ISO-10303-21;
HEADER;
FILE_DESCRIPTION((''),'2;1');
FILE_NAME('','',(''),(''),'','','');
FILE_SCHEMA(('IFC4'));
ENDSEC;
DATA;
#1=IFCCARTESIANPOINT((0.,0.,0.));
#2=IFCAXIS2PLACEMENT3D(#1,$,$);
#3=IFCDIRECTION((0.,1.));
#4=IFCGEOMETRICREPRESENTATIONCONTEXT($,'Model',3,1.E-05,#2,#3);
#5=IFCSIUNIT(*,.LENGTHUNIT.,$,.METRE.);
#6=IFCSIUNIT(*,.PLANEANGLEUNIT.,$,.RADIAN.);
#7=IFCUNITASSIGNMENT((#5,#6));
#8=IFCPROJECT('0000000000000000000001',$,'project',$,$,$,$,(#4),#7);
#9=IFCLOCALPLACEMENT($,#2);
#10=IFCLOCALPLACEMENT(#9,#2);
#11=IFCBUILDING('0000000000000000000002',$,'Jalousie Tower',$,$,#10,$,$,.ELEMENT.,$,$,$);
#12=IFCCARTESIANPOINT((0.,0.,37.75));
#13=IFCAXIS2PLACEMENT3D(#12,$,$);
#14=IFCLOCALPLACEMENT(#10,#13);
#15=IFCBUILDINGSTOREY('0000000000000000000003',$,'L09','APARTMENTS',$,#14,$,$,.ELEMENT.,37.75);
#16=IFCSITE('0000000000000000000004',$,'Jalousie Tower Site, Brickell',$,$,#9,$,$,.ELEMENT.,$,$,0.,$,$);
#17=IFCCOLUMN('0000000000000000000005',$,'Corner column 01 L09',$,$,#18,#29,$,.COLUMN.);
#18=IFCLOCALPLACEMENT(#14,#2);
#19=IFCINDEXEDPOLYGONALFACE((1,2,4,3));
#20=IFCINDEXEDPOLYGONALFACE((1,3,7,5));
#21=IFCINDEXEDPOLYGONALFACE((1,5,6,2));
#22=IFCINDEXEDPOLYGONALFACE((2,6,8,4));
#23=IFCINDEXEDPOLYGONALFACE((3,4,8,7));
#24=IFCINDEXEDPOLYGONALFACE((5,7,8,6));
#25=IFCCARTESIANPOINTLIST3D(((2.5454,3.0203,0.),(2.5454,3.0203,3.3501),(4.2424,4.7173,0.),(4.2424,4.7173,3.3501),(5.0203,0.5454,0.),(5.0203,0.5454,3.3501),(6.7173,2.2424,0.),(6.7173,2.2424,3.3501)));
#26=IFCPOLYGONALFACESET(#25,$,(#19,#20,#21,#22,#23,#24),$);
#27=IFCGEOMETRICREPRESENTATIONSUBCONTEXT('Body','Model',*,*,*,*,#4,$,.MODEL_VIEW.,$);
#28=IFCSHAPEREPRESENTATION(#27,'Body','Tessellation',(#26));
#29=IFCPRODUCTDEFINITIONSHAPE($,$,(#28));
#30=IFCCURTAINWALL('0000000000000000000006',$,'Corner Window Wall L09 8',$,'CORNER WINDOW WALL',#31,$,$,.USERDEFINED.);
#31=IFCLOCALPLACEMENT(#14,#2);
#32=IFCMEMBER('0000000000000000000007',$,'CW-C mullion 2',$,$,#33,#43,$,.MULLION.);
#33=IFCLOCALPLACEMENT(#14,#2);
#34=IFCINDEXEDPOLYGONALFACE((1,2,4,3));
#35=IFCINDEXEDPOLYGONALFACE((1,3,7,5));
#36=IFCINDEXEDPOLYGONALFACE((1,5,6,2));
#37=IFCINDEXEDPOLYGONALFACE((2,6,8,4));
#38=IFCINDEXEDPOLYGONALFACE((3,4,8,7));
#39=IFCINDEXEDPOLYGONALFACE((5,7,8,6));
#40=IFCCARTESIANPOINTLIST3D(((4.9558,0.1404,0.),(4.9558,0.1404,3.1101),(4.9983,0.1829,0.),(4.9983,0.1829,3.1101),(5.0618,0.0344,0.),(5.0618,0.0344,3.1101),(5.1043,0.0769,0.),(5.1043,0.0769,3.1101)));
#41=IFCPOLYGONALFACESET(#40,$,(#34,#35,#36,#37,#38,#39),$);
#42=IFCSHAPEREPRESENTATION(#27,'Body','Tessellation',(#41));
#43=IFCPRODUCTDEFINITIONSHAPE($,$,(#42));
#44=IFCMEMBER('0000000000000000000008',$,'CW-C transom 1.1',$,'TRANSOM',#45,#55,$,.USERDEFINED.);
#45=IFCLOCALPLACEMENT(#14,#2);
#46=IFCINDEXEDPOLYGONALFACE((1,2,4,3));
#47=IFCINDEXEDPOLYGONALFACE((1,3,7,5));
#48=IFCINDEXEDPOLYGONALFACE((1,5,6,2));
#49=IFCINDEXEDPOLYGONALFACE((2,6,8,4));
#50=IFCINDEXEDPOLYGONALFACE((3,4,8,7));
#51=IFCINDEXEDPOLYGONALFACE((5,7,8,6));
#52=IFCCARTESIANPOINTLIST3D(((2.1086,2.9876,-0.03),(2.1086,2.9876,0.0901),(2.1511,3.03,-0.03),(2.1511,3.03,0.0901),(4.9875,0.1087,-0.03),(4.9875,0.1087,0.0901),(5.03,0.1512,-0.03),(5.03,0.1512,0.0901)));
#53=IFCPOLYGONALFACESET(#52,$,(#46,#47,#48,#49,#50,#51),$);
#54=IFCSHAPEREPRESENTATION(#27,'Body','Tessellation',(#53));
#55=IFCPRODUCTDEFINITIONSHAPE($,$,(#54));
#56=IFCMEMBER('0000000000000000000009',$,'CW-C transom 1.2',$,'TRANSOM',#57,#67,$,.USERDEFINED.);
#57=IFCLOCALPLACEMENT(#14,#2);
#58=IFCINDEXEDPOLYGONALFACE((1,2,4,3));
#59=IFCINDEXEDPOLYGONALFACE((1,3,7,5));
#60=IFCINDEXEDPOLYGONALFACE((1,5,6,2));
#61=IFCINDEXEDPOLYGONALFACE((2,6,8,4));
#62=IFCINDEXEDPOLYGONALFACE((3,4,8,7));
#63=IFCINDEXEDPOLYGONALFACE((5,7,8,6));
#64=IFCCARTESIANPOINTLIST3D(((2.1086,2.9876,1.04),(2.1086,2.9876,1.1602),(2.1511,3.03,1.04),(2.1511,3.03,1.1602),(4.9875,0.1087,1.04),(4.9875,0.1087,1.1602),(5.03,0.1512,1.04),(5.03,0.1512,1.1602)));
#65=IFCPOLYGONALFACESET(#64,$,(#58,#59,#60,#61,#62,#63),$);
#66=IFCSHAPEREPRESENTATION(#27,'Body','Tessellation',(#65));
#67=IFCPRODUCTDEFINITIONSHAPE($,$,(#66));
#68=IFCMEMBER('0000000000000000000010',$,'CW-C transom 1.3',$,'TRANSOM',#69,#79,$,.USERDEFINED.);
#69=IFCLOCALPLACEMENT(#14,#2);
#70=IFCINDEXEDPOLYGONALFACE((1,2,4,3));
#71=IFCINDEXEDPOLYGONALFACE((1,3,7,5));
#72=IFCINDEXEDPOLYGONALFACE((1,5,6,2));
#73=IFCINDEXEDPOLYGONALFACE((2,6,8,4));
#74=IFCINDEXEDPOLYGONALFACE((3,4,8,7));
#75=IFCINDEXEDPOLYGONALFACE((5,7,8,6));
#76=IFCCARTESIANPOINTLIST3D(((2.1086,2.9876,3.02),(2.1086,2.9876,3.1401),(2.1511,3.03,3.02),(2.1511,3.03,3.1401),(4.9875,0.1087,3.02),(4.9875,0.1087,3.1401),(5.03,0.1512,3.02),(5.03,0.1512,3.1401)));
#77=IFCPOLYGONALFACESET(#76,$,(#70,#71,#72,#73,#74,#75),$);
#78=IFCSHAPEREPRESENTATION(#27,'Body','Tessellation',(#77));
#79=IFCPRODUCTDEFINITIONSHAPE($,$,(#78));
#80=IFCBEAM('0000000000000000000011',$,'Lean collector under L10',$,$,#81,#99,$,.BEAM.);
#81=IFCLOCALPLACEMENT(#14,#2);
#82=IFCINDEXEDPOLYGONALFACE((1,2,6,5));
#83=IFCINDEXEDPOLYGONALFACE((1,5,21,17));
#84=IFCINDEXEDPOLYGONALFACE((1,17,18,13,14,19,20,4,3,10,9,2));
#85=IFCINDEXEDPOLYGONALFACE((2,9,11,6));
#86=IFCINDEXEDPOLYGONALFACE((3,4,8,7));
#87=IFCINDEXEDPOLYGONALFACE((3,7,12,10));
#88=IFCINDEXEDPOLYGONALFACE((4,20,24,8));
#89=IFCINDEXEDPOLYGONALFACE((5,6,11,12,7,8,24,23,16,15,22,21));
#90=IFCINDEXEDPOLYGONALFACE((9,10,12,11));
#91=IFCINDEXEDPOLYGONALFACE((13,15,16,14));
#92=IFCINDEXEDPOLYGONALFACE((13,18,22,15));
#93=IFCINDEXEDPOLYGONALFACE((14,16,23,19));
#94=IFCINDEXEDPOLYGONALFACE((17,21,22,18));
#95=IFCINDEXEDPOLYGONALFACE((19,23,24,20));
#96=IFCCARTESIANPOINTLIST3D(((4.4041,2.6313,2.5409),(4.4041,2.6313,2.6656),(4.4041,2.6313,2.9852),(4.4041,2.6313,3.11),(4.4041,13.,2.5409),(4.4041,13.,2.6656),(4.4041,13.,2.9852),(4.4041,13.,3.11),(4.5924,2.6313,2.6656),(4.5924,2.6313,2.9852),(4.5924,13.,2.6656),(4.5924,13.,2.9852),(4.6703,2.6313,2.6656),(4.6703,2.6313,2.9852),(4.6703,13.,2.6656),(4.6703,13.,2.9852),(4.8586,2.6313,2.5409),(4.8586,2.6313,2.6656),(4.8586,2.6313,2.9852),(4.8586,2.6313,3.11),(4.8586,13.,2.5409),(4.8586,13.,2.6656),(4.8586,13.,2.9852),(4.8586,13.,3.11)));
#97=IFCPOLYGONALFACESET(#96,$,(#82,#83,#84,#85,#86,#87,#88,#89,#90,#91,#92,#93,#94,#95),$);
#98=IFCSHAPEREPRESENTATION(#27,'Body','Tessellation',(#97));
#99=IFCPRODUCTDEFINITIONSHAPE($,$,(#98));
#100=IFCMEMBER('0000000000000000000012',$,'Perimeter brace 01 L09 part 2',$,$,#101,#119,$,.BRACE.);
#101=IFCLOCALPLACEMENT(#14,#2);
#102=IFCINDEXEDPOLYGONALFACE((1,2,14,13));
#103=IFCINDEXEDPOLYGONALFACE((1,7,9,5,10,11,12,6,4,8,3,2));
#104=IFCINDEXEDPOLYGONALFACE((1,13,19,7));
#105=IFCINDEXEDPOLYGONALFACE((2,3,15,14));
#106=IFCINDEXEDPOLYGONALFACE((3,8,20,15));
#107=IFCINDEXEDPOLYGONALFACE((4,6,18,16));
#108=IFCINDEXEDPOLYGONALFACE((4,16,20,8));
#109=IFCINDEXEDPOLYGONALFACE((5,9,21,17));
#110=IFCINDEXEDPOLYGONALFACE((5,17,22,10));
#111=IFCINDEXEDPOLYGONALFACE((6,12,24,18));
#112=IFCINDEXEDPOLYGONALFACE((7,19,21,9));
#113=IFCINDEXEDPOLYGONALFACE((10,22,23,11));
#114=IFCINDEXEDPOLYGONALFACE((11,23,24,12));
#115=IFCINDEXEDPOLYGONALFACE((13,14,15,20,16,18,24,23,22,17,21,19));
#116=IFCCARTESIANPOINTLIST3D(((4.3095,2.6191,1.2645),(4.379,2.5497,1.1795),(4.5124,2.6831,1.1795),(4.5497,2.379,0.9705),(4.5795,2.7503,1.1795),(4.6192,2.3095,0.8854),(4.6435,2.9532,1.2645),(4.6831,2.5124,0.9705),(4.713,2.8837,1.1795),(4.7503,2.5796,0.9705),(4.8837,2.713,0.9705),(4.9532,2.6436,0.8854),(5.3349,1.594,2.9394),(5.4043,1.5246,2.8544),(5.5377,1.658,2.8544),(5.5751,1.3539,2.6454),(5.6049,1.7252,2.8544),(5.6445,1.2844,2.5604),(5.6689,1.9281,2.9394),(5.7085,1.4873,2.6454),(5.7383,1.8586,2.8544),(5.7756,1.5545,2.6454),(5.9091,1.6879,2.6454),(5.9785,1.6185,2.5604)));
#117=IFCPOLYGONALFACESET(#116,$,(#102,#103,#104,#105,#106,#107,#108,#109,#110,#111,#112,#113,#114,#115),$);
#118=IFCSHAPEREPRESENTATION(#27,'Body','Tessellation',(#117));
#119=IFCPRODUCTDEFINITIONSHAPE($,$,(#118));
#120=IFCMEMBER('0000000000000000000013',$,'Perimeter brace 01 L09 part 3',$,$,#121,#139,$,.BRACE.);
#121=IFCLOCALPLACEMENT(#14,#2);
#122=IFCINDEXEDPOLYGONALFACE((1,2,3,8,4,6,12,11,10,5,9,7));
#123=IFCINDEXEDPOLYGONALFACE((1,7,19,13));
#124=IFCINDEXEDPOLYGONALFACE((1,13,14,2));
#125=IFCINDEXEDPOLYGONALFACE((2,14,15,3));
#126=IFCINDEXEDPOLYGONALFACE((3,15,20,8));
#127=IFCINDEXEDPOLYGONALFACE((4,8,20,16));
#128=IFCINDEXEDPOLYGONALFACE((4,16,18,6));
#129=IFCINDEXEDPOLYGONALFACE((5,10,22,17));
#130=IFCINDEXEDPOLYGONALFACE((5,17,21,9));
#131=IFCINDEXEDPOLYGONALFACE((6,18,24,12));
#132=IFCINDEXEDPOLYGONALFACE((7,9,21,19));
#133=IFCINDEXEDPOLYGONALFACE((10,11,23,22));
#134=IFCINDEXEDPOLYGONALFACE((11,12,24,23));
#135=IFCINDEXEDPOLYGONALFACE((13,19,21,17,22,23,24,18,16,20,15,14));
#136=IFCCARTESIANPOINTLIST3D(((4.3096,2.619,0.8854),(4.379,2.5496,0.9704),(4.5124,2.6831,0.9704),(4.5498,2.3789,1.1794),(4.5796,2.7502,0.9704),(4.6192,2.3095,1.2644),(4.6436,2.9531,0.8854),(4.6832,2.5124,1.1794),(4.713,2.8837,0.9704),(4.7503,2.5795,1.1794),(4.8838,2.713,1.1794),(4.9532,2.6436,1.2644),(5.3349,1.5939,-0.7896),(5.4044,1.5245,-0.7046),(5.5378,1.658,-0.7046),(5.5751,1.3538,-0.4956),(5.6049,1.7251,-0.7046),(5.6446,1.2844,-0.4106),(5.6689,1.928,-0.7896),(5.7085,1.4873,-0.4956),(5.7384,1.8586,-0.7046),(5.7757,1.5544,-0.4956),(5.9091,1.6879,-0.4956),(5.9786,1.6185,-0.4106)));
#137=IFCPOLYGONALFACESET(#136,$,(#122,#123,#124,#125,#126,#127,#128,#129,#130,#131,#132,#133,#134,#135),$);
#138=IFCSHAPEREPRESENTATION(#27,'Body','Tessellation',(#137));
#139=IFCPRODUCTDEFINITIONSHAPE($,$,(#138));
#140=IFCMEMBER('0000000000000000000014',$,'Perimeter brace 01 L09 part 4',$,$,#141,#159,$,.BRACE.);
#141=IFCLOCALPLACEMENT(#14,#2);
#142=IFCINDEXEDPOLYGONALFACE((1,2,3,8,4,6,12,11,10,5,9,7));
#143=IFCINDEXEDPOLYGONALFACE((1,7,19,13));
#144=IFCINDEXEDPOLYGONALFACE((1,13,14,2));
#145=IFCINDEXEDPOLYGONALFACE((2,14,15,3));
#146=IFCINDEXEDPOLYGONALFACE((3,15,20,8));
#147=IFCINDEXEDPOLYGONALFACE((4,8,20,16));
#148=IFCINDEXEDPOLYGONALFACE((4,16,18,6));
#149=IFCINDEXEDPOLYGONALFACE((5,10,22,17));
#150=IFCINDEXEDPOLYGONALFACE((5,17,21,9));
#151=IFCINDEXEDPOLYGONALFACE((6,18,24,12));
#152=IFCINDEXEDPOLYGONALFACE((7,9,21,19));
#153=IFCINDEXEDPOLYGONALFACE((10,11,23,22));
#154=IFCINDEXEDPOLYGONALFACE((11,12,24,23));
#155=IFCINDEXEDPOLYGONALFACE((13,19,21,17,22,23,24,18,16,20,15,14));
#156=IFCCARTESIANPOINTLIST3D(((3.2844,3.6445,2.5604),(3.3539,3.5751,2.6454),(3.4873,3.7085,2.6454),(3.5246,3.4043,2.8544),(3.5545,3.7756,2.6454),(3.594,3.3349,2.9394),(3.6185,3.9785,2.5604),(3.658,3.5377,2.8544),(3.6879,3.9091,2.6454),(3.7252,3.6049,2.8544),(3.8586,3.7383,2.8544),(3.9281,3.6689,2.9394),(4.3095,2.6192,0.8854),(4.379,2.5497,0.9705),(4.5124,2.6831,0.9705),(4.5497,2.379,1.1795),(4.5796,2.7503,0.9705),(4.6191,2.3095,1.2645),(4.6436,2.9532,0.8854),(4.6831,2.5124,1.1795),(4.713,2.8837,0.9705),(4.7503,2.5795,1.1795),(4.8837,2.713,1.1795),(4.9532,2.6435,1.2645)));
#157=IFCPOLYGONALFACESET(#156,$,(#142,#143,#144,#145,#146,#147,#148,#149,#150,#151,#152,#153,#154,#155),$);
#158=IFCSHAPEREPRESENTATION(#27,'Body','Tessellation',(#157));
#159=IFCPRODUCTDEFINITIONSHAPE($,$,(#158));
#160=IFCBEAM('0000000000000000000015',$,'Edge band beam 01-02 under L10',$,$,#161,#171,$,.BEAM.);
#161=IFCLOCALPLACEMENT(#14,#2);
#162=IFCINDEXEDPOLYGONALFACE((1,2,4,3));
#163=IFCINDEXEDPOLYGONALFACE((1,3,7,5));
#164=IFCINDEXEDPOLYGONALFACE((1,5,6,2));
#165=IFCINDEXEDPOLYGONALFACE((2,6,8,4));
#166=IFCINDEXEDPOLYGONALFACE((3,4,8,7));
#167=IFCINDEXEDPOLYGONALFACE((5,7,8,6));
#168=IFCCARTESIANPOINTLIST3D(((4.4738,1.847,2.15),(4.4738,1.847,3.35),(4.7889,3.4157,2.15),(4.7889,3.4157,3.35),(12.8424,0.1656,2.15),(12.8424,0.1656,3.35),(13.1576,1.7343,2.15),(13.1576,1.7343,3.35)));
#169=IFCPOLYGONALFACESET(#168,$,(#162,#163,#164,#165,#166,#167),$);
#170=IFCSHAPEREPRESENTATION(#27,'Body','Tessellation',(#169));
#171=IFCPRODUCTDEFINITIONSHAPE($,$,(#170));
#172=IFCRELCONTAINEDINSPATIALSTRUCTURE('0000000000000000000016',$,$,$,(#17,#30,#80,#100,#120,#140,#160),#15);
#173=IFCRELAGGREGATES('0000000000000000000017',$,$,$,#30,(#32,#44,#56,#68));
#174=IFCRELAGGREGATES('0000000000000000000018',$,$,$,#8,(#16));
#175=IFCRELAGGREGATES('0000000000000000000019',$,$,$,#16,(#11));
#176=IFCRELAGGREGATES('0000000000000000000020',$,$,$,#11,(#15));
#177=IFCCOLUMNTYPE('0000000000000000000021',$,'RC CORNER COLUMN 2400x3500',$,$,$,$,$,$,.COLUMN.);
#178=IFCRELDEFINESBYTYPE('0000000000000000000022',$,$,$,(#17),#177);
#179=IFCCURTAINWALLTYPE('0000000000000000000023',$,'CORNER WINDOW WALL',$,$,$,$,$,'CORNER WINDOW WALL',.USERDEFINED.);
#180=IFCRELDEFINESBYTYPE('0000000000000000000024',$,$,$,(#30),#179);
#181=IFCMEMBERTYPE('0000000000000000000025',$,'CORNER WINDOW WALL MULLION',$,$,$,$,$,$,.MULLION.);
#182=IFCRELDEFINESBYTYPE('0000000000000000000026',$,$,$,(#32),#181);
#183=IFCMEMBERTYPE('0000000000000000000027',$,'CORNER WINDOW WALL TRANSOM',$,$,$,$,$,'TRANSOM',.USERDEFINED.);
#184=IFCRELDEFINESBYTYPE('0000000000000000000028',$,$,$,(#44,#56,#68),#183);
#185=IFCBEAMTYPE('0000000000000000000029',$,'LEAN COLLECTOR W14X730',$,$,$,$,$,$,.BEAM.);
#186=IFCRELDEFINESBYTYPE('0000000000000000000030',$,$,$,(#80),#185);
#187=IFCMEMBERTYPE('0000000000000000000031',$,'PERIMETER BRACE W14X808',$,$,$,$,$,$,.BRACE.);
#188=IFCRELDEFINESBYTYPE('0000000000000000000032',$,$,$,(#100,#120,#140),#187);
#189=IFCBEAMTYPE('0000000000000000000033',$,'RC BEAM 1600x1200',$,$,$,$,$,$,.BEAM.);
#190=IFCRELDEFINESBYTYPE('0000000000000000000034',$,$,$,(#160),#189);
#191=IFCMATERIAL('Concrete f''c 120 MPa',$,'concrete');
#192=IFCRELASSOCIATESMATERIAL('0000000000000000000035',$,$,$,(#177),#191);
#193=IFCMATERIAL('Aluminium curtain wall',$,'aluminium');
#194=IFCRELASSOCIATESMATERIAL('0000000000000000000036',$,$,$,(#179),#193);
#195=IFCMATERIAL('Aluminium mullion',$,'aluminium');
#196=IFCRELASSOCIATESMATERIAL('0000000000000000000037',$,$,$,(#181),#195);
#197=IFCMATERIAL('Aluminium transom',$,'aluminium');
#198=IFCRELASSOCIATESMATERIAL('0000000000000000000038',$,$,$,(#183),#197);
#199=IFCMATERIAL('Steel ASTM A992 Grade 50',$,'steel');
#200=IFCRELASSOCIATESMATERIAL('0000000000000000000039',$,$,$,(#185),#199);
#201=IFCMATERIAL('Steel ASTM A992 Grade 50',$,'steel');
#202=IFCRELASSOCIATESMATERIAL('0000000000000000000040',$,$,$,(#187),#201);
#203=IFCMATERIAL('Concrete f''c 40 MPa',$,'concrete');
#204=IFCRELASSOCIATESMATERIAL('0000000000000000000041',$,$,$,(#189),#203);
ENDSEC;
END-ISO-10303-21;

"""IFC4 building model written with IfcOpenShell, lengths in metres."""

from ifc_helpers import new_model, si_unit, direction, frame, origin, origin_2d, place, context, subcontext, project, spatial, rectangle, i_section, extrude, material, material_profile, profile_set, type_object, element, aggregate, save


model = new_model("IFC4")

# Units and contexts
model_context = context("Model", 3, precision=1e-05, world=origin(), true_north=direction((0.0, 1.0)))
body_context = subcontext(model_context, "Body", "Model", "MODEL_VIEW")
ifc_project = project(units=[si_unit("LENGTHUNIT", "METRE"), si_unit("PLANEANGLEUNIT", "RADIAN")], contexts=[model_context])

# Site, building, storey
site_placement = place(None, origin())
site = spatial("IfcSite", under=ifc_project, at=site_placement, Name="Jalousie Tower Site, Brickell", CompositionType="ELEMENT", RefElevation=0.0)
building_placement = place(site_placement, origin())
building = spatial("IfcBuilding", under=site, at=building_placement, Name="Jalousie Tower", CompositionType="ELEMENT")
storey_placement = place(building_placement, frame((0.0, 0.0, 37.75)))
storey = spatial("IfcBuildingStorey", under=building, at=storey_placement, Name="L09", Description="APARTMENTS", CompositionType="ELEMENT", Elevation=37.75)

# Column
ifc_material_1 = material(Name="Concrete f'c 120 MPa", Category="concrete")
ifc_material_profile_1 = material_profile(ifc_material_1, rectangle(XDim=2.3999, YDim=3.5, at=origin_2d()), Name="RC 2400x3500")
ifc_profile_set_1 = profile_set([ifc_material_profile_1], Name="Concrete f'c 120 MPa")
column_type = type_object("IfcColumnType", Name="RC CORNER COLUMN 2400x3500", PredefinedType="COLUMN", material=ifc_profile_set_1)
column_placement = place(storey_placement, frame((4.6313, 2.6313, 0.0), z_axis=(0.0, 0.0, 1.0), x_axis=(0.707107, 0.707107, 0.0)))
element("IfcColumn", 1, at=column_placement, inside=storey, type_object=column_type, Name="Corner column 01 L09", PredefinedType="COLUMN", context=body_context, shape_type="SweptSolid", body=[
    extrude(rectangle(XDim=2.3999, YDim=3.5, at=origin_2d()), origin(), (0.0, 0.0, 1.0), 3.3501),
])

# Curtain wall, members
ifc_material_2 = material(Name="Aluminium curtain wall", Category="aluminium")
curtain_wall_type_1 = type_object("IfcCurtainWallType", Name="CORNER WINDOW WALL", ElementType="CORNER WINDOW WALL", PredefinedType="USERDEFINED", material=ifc_material_2)
curtain_wall_1_placement = place(storey_placement, origin())
curtain_wall_1 = element("IfcCurtainWall", 2, at=curtain_wall_1_placement, inside=storey, type_object=curtain_wall_type_1, Name="Corner Window Wall L09 8", ObjectType="CORNER WINDOW WALL", PredefinedType="USERDEFINED")
ifc_material_3 = material(Name="Aluminium mullion", Category="aluminium")
ifc_material_profile_2 = material_profile(ifc_material_3, rectangle(XDim=0.0601, YDim=0.1499, at=origin_2d()), Name="MULLION 60x150")
ifc_profile_set_2 = profile_set([ifc_material_profile_2], Name="Aluminium mullion")
member_type_1 = type_object("IfcMemberType", Name="CORNER WINDOW WALL MULLION", PredefinedType="MULLION", material=ifc_profile_set_2)
member_1_placement = place(storey_placement, frame((5.03, 0.1086, 0.0), z_axis=(0.0, 0.0, 1.0), x_axis=(0.707107, 0.707107, 0.0)))
member_1 = element("IfcMember", 3, at=member_1_placement, type_object=member_type_1, Name="CW-C mullion 2", PredefinedType="MULLION", context=body_context, shape_type="SweptSolid", body=[
    extrude(rectangle(XDim=0.0601, YDim=0.1499, at=origin_2d()), origin(), (0.0, 0.0, 1.0), 3.1101),
])
ifc_material_4 = material(Name="Aluminium transom", Category="aluminium")
ifc_material_profile_3 = material_profile(ifc_material_4, rectangle(XDim=0.0601, YDim=0.1201, at=origin_2d()), Name="TRANSOM 60x120")
ifc_profile_set_3 = profile_set([ifc_material_profile_3], Name="Aluminium transom")
member_type_2 = type_object("IfcMemberType", Name="CORNER WINDOW WALL TRANSOM", ElementType="TRANSOM", PredefinedType="USERDEFINED", material=ifc_profile_set_3)
member_2_placement = place(storey_placement, frame((2.1299, 3.0088, 0.03), z_axis=(0.707107, -0.707107, 0.0), x_axis=(0.707107, 0.707107, 0.0)))
member_2 = element("IfcMember", 4, at=member_2_placement, type_object=member_type_2, Name="CW-C transom 1.1", ObjectType="TRANSOM", PredefinedType="USERDEFINED", context=body_context, shape_type="SweptSolid", body=[
    extrude(rectangle(XDim=0.0601, YDim=0.1201, at=origin_2d()), origin(), (0.0, 0.0, 1.0), 4.0713),
])
member_3_placement = place(storey_placement, frame((2.1299, 3.0088, 1.1001), z_axis=(0.707107, -0.707107, 0.0), x_axis=(0.707107, 0.707107, 0.0)))
member_3 = element("IfcMember", 5, at=member_3_placement, type_object=member_type_2, Name="CW-C transom 1.2", ObjectType="TRANSOM", PredefinedType="USERDEFINED", context=body_context, shape_type="SweptSolid", body=[
    extrude(rectangle(XDim=0.0601, YDim=0.1201, at=origin_2d()), origin(), (0.0, 0.0, 1.0), 4.0713),
])
member_4_placement = place(storey_placement, frame((2.1299, 3.0088, 3.0801), z_axis=(0.707107, -0.707107, 0.0), x_axis=(0.707107, 0.707107, 0.0)))
member_4 = element("IfcMember", 6, at=member_4_placement, type_object=member_type_2, Name="CW-C transom 1.3", ObjectType="TRANSOM", PredefinedType="USERDEFINED", context=body_context, shape_type="SweptSolid", body=[
    extrude(rectangle(XDim=0.0601, YDim=0.1201, at=origin_2d()), origin(), (0.0, 0.0, 1.0), 4.0713),
])

# Beam
ifc_material_5 = material(Name="Steel ASTM A992 Grade 50", Category="steel")
ifc_material_profile_4 = material_profile(ifc_material_5, i_section(OverallWidth=0.4546, OverallDepth=0.5691, WebThickness=0.0779, FlangeThickness=0.1248, at=origin_2d()), Name="W14X730")
ifc_profile_set_4 = profile_set([ifc_material_profile_4], Name="Steel ASTM A992 Grade 50")
beam_type_1 = type_object("IfcBeamType", Name="LEAN COLLECTOR W14X730", PredefinedType="BEAM", material=ifc_profile_set_4)
beam_1_placement = place(storey_placement, frame((4.6313, 2.6313, 2.8254), z_axis=(0.0, 1.0, 0.0), x_axis=(-1.0, 0.0, 0.0)))
element("IfcBeam", 7, at=beam_1_placement, inside=storey, type_object=beam_type_1, Name="Lean collector under L10", PredefinedType="BEAM", context=body_context, shape_type="SweptSolid", body=[
    extrude(i_section(OverallWidth=0.4546, OverallDepth=0.5691, WebThickness=0.0779, FlangeThickness=0.1248, at=origin_2d()), origin(), (0.0, 0.0, 1.0), 10.3687),
])

# Members
ifc_material_6 = material(Name="Steel ASTM A992 Grade 50", Category="steel")
ifc_material_profile_5 = material_profile(ifc_material_6, i_section(OverallWidth=0.4724, OverallDepth=0.5791, WebThickness=0.095, FlangeThickness=0.1299, at=origin_2d()), Name="W14X808")
ifc_profile_set_5 = profile_set([ifc_material_profile_5], Name="Steel ASTM A992 Grade 50")
member_type_3 = type_object("IfcMemberType", Name="PERIMETER BRACE W14X808", PredefinedType="BRACE", material=ifc_profile_set_5)
for number, where, z_axis, x_axis, name in (
    (8, (4.6313, 2.6313, 1.075), (0.46284, -0.46273, 0.756082), (0.707023, 0.707191, 0.0), "Perimeter brace 01 L09 part 2"),
    (9, (5.6567, 1.6062, -0.6001), (-0.46284, 0.46273, 0.756082), (-0.707023, -0.707191, 0.0), "Perimeter brace 01 L09 part 3"),
    (10, (4.6313, 2.6313, 1.075), (-0.46273, 0.46284, 0.756082), (-0.707191, -0.707023, 0.0), "Perimeter brace 01 L09 part 4"),
):
    element("IfcMember", number, at=place(storey_placement, frame(where, z_axis=z_axis, x_axis=x_axis)), inside=storey, type_object=member_type_3, Name=name, PredefinedType="BRACE", context=body_context, shape_type="SweptSolid", body=[
        extrude(i_section(OverallWidth=0.4724, OverallDepth=0.5791, WebThickness=0.095, FlangeThickness=0.1299, at=origin_2d()), origin(), (0.0, 0.0, 1.0), 2.2153),
    ])

# Beam
ifc_material_7 = material(Name="Concrete f'c 40 MPa", Category="concrete")
ifc_material_profile_6 = material_profile(ifc_material_7, rectangle(XDim=1.6001, YDim=1.2, at=origin_2d()), Name="RC 1600x1200")
ifc_profile_set_6 = profile_set([ifc_material_profile_6], Name="Concrete f'c 40 MPa")
beam_type_2 = type_object("IfcBeamType", Name="RC BEAM 1600x1200", PredefinedType="BEAM", material=ifc_profile_set_6)
beam_2_placement = place(storey_placement, frame((4.6313, 2.6313, 2.75), z_axis=(0.980408, -0.19698, 0.0), x_axis=(0.19698, 0.980408, 0.0)))
element("IfcBeam", 11, at=beam_2_placement, inside=storey, type_object=beam_type_2, Name="Edge band beam 01-02 under L10", PredefinedType="BEAM", context=body_context, shape_type="SweptSolid", body=[
    extrude(rectangle(XDim=1.6001, YDim=1.2, at=origin_2d()), origin(), (0.0, 0.0, 1.0), 8.5359),
])

aggregate(curtain_wall_1, [member_1, member_2, member_3, member_4])

save(model, "model.ifc")
